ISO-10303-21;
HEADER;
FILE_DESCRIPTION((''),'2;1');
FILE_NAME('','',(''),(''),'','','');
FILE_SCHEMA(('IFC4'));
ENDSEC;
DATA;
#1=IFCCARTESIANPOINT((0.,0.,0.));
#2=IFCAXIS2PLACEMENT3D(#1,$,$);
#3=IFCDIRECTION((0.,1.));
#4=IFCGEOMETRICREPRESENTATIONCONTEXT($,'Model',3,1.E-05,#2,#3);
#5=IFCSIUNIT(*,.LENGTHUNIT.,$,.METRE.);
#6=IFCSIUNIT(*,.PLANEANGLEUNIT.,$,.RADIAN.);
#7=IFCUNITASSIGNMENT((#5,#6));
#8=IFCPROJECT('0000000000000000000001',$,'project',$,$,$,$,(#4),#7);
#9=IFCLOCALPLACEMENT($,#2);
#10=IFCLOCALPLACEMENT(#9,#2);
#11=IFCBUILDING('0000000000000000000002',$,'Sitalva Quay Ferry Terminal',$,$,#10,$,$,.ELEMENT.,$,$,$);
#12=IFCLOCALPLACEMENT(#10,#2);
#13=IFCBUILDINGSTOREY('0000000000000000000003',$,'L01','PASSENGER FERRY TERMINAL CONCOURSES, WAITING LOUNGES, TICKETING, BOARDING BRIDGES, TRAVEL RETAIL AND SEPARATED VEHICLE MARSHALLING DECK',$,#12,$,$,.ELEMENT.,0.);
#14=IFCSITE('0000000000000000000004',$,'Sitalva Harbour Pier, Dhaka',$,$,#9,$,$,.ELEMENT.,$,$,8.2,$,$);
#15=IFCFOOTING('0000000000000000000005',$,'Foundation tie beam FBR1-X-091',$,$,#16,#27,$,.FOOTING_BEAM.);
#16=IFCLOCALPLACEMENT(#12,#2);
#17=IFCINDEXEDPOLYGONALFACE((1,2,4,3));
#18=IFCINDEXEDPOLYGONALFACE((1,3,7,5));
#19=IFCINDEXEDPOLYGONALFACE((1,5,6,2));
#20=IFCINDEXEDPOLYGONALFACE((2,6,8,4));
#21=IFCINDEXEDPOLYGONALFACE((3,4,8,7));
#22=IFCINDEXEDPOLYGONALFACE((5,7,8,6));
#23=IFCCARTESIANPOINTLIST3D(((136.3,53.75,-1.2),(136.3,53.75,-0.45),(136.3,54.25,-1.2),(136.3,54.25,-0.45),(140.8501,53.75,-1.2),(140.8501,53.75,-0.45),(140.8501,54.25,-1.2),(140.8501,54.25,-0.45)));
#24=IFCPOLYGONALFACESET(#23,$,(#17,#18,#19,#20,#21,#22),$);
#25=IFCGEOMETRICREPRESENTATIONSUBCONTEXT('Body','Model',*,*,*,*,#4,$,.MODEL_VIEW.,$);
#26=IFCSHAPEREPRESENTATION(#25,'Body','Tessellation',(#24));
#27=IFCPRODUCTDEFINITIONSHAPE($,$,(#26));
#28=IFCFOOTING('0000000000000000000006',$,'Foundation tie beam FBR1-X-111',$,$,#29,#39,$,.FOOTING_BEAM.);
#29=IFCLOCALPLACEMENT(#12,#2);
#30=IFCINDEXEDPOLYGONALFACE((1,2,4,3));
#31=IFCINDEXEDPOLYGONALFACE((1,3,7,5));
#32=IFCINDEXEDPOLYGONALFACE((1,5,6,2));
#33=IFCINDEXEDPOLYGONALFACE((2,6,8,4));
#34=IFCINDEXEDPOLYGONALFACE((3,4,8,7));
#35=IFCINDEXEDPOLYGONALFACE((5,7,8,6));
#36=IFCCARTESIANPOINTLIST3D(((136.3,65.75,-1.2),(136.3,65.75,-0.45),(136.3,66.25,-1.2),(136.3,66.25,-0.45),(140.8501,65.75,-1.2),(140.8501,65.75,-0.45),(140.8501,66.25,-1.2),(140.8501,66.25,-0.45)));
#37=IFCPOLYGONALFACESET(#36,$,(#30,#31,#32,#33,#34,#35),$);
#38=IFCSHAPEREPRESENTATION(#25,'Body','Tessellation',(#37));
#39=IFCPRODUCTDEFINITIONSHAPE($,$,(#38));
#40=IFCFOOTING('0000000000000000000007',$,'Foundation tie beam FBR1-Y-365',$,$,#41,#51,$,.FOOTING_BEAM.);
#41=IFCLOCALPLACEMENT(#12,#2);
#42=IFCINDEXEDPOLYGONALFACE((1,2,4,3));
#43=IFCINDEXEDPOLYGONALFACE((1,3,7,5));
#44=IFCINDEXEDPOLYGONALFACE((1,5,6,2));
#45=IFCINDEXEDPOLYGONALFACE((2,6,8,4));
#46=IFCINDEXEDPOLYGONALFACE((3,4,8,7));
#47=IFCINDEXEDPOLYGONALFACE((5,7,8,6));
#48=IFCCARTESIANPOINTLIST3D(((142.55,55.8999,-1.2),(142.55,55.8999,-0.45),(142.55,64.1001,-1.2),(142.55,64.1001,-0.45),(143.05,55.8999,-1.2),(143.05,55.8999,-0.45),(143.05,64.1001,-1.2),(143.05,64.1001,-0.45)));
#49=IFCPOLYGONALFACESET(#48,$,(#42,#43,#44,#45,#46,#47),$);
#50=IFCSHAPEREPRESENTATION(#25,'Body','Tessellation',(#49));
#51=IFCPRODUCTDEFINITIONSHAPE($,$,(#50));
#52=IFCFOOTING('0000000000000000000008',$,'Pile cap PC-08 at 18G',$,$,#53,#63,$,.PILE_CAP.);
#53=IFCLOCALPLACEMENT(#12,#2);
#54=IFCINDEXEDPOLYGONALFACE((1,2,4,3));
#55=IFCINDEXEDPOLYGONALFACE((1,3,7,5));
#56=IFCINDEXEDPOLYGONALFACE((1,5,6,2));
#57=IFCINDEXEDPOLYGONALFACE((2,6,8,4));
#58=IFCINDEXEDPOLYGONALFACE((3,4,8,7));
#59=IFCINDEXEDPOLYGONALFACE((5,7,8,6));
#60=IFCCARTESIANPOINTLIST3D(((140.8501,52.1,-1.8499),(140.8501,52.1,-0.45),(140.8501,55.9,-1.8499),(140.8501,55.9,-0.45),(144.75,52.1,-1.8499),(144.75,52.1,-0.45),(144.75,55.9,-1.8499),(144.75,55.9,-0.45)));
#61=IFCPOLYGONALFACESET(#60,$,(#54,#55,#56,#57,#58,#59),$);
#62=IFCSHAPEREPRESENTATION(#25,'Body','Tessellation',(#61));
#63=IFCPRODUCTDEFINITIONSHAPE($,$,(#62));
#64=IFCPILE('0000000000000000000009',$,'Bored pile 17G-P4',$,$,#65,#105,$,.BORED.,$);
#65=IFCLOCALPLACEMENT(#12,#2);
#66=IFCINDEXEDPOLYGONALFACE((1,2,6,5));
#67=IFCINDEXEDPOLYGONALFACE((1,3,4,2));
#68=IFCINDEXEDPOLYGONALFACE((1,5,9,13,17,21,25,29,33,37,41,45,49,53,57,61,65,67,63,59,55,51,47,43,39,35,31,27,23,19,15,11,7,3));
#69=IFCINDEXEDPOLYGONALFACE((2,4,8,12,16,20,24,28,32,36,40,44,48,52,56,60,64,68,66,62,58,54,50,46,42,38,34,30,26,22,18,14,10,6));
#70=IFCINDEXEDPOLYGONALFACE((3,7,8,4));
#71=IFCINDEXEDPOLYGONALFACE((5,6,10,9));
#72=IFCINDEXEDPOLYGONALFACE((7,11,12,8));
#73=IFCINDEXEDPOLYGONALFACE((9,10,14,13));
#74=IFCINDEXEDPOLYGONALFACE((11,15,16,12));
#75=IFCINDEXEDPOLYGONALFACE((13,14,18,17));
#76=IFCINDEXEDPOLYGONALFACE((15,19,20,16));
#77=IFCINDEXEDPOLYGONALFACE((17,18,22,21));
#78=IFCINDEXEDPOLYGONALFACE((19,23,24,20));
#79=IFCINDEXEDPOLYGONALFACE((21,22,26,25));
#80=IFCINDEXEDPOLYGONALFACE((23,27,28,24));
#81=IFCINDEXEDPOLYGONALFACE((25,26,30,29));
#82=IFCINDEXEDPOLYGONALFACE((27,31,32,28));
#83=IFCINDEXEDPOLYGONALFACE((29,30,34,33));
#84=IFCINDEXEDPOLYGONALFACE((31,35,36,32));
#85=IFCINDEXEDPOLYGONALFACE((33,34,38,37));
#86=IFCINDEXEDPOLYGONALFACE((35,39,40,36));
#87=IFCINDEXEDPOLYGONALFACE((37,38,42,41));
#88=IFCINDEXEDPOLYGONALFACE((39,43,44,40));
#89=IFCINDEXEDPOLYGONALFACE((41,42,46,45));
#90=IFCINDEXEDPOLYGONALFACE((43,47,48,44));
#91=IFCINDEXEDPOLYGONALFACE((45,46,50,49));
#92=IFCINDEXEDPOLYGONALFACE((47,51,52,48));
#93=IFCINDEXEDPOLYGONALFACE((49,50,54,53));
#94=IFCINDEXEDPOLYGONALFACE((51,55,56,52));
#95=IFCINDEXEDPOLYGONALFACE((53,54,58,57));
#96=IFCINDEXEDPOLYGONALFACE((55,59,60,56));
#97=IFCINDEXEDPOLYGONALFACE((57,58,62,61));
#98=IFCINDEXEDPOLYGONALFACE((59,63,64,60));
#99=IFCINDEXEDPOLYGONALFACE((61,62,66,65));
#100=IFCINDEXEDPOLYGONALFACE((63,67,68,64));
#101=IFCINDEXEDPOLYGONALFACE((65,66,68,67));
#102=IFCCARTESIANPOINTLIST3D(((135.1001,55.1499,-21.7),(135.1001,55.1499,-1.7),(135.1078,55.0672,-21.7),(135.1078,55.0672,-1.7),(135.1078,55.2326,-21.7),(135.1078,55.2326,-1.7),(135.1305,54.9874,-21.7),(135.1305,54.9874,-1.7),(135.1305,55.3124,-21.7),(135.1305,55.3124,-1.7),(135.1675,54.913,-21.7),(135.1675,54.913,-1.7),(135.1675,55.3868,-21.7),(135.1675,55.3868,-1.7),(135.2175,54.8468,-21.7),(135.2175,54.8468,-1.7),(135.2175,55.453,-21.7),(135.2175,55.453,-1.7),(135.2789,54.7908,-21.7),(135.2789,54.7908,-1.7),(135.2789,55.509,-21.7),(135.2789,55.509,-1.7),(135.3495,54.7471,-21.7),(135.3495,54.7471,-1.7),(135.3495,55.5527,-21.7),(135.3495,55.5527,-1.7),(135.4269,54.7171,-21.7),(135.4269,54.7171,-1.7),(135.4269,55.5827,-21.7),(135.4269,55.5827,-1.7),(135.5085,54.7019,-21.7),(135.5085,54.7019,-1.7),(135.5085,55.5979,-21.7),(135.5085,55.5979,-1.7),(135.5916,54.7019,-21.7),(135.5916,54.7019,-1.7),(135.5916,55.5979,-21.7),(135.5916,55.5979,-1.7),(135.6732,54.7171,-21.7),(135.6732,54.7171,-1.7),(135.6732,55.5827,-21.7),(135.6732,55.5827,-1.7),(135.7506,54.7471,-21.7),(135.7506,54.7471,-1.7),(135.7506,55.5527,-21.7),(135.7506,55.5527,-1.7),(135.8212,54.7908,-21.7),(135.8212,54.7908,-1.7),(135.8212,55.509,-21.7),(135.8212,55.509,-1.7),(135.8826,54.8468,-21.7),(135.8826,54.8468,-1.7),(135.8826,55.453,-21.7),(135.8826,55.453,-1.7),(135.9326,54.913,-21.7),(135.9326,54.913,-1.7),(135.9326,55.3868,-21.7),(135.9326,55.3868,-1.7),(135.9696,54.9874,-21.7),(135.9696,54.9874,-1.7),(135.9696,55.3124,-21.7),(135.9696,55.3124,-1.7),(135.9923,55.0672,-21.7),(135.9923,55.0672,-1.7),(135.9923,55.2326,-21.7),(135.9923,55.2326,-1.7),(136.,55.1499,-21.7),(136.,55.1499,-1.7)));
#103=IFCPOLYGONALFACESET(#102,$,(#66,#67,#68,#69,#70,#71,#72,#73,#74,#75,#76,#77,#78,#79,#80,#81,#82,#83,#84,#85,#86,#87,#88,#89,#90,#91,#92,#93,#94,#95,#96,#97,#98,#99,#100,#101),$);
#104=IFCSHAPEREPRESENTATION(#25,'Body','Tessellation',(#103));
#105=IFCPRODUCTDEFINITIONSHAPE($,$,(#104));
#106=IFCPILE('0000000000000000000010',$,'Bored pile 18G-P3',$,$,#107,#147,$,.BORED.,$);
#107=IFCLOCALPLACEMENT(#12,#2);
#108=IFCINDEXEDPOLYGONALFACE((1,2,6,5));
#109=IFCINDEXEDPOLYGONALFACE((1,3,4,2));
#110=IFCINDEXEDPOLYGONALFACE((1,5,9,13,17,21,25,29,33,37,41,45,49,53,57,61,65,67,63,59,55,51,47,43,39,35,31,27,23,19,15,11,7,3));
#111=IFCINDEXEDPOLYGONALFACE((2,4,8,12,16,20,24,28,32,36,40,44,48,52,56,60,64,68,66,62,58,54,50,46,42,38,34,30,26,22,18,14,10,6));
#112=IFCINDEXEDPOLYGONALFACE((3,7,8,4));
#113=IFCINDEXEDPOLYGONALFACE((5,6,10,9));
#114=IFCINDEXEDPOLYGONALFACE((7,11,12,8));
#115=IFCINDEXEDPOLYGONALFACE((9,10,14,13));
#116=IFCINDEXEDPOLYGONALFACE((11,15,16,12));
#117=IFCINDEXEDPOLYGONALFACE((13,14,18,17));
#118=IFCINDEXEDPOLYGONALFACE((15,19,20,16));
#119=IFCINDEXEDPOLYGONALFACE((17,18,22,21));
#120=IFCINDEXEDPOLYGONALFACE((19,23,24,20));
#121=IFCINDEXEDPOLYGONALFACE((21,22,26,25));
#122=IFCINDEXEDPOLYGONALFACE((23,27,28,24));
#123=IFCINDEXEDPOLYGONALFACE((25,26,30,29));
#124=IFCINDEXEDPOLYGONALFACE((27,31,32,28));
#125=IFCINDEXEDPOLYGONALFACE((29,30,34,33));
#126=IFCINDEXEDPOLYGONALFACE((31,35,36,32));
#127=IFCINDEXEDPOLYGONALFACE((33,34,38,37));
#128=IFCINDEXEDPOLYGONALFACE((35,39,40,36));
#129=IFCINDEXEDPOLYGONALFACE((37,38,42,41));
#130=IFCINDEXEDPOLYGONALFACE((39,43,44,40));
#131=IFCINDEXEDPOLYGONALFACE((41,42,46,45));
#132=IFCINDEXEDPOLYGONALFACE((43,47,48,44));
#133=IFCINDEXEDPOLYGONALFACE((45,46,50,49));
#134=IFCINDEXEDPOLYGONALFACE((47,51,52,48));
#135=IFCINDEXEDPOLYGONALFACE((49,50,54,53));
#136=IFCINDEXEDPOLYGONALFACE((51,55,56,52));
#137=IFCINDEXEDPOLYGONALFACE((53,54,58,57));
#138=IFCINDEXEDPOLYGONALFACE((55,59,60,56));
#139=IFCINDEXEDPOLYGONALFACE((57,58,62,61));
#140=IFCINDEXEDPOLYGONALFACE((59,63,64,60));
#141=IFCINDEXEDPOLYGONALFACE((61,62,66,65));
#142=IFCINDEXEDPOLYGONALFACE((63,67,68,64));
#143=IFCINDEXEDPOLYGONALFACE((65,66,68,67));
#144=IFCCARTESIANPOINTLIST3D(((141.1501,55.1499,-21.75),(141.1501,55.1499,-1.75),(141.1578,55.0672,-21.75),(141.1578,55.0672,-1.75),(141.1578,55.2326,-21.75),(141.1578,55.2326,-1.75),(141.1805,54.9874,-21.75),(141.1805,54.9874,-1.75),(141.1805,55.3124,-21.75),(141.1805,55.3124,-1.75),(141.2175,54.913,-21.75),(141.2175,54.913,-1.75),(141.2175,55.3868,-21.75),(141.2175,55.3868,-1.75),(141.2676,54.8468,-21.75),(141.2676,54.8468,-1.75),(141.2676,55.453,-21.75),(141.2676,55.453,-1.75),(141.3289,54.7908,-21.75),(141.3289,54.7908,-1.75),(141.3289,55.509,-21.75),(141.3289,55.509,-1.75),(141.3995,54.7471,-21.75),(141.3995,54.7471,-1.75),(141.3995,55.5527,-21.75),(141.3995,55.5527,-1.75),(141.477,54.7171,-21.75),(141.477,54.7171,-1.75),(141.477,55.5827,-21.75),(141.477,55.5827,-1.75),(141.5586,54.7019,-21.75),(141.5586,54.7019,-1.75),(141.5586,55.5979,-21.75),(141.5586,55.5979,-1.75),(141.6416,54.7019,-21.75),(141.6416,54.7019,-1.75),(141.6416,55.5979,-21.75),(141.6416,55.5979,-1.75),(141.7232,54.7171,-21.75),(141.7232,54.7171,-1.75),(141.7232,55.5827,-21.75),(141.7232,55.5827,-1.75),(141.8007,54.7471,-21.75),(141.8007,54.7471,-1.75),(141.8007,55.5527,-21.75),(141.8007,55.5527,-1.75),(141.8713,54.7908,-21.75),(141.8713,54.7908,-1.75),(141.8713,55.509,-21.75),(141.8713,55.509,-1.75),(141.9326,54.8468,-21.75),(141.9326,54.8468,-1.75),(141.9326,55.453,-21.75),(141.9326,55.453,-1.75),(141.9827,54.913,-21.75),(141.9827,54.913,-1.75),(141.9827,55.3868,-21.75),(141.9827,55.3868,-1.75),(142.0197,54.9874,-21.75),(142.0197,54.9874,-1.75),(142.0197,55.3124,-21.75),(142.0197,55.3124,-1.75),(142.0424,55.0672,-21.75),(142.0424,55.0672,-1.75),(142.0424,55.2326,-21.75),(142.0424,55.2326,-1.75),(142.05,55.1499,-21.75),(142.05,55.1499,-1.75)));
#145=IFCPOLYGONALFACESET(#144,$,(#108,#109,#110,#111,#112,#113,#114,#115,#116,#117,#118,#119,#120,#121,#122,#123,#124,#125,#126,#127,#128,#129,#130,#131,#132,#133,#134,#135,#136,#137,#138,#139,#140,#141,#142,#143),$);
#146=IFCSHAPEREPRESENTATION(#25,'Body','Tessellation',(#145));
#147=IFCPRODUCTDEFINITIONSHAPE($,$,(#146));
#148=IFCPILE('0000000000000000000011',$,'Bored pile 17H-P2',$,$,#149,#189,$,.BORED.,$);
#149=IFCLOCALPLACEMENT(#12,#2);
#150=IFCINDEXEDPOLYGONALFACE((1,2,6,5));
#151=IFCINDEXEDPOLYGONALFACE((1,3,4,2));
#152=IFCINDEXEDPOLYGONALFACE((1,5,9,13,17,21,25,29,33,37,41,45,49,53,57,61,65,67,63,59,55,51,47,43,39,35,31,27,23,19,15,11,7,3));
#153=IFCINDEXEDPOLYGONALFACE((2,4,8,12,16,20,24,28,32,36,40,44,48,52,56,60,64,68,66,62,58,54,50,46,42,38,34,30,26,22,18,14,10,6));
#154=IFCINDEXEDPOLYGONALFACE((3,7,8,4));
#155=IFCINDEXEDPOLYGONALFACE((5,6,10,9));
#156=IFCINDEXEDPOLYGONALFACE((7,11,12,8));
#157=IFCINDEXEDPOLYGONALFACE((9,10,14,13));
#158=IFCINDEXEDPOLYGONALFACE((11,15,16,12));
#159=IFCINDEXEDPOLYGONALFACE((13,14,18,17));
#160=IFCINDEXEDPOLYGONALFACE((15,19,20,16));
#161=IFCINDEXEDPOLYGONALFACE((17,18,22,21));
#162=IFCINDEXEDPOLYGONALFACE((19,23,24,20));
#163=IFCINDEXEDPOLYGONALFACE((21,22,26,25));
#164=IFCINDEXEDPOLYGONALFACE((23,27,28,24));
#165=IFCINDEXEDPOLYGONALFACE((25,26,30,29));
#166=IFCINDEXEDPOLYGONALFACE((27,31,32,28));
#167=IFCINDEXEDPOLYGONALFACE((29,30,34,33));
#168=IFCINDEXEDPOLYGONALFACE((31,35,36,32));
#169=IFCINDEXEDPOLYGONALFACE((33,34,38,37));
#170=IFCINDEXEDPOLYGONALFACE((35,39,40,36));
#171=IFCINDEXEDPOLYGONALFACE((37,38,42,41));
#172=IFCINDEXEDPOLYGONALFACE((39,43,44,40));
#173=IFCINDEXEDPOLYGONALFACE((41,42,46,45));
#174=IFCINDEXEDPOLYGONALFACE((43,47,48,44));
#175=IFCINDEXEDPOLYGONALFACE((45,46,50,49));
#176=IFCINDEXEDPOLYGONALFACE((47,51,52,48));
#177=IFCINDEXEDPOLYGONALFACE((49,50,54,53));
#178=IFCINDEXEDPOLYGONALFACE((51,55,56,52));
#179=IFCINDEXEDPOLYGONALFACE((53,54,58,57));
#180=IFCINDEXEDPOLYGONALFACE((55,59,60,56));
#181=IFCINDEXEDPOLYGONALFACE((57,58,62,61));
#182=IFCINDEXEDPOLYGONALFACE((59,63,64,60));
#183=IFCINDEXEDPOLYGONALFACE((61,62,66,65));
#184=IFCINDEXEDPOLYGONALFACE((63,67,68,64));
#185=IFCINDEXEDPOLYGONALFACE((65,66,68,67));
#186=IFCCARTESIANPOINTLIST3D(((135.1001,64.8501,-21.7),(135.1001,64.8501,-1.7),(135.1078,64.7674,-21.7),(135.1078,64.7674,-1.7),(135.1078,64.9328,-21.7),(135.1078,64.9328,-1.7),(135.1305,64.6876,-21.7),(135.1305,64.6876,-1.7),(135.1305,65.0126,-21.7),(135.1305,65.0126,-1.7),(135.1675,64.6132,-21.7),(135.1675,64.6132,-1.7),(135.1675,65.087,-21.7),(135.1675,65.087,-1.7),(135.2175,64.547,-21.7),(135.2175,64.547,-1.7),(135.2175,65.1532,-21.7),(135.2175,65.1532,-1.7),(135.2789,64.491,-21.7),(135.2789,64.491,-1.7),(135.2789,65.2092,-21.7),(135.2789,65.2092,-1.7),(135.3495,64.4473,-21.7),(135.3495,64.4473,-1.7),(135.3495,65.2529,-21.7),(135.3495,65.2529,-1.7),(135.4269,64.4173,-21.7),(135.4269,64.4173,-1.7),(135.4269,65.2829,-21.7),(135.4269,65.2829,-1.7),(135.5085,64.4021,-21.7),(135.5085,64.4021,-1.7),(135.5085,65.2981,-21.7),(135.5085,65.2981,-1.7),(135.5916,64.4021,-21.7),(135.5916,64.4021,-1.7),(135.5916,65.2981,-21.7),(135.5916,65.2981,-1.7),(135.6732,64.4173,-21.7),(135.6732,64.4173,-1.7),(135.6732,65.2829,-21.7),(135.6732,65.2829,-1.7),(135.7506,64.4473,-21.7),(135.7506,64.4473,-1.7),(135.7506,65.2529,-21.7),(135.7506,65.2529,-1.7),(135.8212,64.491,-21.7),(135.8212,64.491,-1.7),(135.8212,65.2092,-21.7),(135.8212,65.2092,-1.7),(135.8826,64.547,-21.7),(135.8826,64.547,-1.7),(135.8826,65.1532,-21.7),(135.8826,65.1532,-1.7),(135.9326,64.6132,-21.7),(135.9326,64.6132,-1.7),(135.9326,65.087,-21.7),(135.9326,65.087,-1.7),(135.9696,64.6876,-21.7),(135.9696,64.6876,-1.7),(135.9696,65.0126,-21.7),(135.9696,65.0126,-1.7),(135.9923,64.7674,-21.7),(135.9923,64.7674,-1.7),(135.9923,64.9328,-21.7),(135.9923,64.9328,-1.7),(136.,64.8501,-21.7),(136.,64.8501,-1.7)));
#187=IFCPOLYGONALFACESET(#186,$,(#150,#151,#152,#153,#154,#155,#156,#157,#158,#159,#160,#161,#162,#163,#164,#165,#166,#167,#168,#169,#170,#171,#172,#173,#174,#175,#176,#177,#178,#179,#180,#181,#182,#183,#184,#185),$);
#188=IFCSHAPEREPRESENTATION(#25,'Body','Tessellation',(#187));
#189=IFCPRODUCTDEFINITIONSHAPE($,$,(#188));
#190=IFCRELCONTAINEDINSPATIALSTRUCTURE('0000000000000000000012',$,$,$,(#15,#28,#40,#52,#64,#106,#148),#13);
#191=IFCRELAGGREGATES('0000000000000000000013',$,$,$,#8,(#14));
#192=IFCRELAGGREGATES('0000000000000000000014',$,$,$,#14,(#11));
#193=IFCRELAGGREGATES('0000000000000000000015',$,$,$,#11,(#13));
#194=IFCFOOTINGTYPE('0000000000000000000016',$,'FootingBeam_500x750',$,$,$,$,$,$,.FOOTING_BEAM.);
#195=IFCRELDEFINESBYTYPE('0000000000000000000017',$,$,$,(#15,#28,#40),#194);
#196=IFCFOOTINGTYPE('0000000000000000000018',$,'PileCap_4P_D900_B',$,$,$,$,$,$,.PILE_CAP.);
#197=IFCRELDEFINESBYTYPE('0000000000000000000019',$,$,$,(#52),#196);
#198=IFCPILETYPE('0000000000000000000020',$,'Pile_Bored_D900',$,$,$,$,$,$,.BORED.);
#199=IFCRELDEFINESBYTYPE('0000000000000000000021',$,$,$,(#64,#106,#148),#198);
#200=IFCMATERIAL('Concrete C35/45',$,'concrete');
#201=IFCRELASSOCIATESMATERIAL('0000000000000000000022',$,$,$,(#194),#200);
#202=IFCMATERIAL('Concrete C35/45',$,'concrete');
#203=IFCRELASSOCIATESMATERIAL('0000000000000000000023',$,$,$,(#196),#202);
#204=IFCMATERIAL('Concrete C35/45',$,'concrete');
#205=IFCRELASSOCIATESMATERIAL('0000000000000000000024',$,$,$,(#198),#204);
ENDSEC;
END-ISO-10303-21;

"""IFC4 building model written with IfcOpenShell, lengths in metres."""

from ifc_helpers import new_model, si_unit, direction, frame, origin, origin_2d, place, context, subcontext, project, spatial, rectangle, circle, extrude, material, material_profile, profile_set, type_object, element, save


model = new_model("IFC4")

# Units and contexts
model_context = context("Model", 3, precision=1e-05, world=origin(), true_north=direction((0.0, 1.0)))
body_context = subcontext(model_context, "Body", "Model", "MODEL_VIEW")
ifc_project = project(units=[si_unit("LENGTHUNIT", "METRE"), si_unit("PLANEANGLEUNIT", "RADIAN")], contexts=[model_context])

# Site, building, storey
site_placement = place(None, origin())
site = spatial("IfcSite", under=ifc_project, at=site_placement, Name="Sitalva Harbour Pier, Dhaka", CompositionType="ELEMENT", RefElevation=8.2)
building_placement = place(site_placement, origin())
building = spatial("IfcBuilding", under=site, at=building_placement, Name="Sitalva Quay Ferry Terminal", CompositionType="ELEMENT")
storey_placement = place(building_placement, origin())
storey = spatial("IfcBuildingStorey", under=building, at=storey_placement, Name="L01", Description="PASSENGER FERRY TERMINAL CONCOURSES, WAITING LOUNGES, TICKETING, BOARDING BRIDGES, TRAVEL RETAIL AND SEPARATED VEHICLE MARSHALLING DECK", CompositionType="ELEMENT", Elevation=0.0)

# Footings
ifc_material_1 = material(Name="Concrete C35/45", Category="concrete")
ifc_material_profile_1 = material_profile(ifc_material_1, rectangle(XDim=0.5, YDim=0.75, at=origin_2d()), Name="RC500x750")
ifc_profile_set_1 = profile_set([ifc_material_profile_1], Name="Concrete C35/45")
footing_type_1 = type_object("IfcFootingType", Name="FootingBeam_500x750", PredefinedType="FOOTING_BEAM", material=ifc_profile_set_1)
for number, where, z_axis, x_axis, name in (
    (1, (136.3, 54.0, -0.825), (1.0, 0.0, 0.0), (0.0, 1.0, 0.0), "Foundation tie beam FBR1-X-091"),
    (2, (136.3, 66.0, -0.825), (1.0, 0.0, 0.0), (0.0, 1.0, 0.0), "Foundation tie beam FBR1-X-111"),
):
    element("IfcFooting", number, at=place(storey_placement, frame(where, z_axis=z_axis, x_axis=x_axis)), inside=storey, type_object=footing_type_1, Name=name, PredefinedType="FOOTING_BEAM", context=body_context, shape_type="SweptSolid", body=[
        extrude(rectangle(XDim=0.5, YDim=0.75, at=origin_2d()), origin(), (0.0, 0.0, 1.0), 4.55),
    ])
footing_1_placement = place(storey_placement, frame((142.8, 55.8999, -0.825), z_axis=(0.0, 1.0, 0.0), x_axis=(-1.0, 0.0, 0.0)))
element("IfcFooting", 3, at=footing_1_placement, inside=storey, type_object=footing_type_1, Name="Foundation tie beam FBR1-Y-365", PredefinedType="FOOTING_BEAM", context=body_context, shape_type="SweptSolid", body=[
    extrude(rectangle(XDim=0.5, YDim=0.75, at=origin_2d()), origin(), (0.0, 0.0, 1.0), 8.2002),
])
ifc_material_2 = material(Name="Concrete C35/45", Category="concrete")
footing_type_2 = type_object("IfcFootingType", Name="PileCap_4P_D900_B", PredefinedType="PILE_CAP", material=ifc_material_2)
footing_2_placement = place(storey_placement, frame((142.8, 54.0, -1.8499), z_axis=(0.0, 0.0, 1.0), x_axis=(1.0, 0.0, 0.0)))
element("IfcFooting", 4, at=footing_2_placement, inside=storey, type_object=footing_type_2, Name="Pile cap PC-08 at 18G", PredefinedType="PILE_CAP", context=body_context, shape_type="SweptSolid", body=[
    extrude(rectangle(XDim=3.8999, YDim=3.8, at=origin_2d()), origin(), (0.0, 0.0, 1.0), 1.3999),
])

# Piles
ifc_material_3 = material(Name="Concrete C35/45", Category="concrete")
ifc_material_profile_2 = material_profile(ifc_material_3, circle(Radius=0.45, at=origin_2d()), Name="PILE-D900")
ifc_profile_set_2 = profile_set([ifc_material_profile_2], Name="Concrete C35/45")
pile_type = type_object("IfcPileType", Name="Pile_Bored_D900", PredefinedType="BORED", material=ifc_profile_set_2)
for number, where, z_axis, x_axis, name in (
    (5, (135.55, 55.1499, -1.7), (0.0, 0.0, -1.0), (1.0, 0.0, 0.0), "Bored pile 17G-P4"),
    (6, (141.6001, 55.1499, -1.75), (0.0, 0.0, -1.0), (1.0, 0.0, 0.0), "Bored pile 18G-P3"),
    (7, (135.55, 64.8501, -1.7), (0.0, 0.0, -1.0), (1.0, 0.0, 0.0), "Bored pile 17H-P2"),
):
    element("IfcPile", number, at=place(storey_placement, frame(where, z_axis=z_axis, x_axis=x_axis)), inside=storey, type_object=pile_type, Name=name, PredefinedType="BORED", context=body_context, shape_type="SweptSolid", body=[
        extrude(circle(Radius=0.45, at=origin_2d()), origin(), (0.0, 0.0, 1.0), 20.0),
    ])

save(model, "model.ifc")
